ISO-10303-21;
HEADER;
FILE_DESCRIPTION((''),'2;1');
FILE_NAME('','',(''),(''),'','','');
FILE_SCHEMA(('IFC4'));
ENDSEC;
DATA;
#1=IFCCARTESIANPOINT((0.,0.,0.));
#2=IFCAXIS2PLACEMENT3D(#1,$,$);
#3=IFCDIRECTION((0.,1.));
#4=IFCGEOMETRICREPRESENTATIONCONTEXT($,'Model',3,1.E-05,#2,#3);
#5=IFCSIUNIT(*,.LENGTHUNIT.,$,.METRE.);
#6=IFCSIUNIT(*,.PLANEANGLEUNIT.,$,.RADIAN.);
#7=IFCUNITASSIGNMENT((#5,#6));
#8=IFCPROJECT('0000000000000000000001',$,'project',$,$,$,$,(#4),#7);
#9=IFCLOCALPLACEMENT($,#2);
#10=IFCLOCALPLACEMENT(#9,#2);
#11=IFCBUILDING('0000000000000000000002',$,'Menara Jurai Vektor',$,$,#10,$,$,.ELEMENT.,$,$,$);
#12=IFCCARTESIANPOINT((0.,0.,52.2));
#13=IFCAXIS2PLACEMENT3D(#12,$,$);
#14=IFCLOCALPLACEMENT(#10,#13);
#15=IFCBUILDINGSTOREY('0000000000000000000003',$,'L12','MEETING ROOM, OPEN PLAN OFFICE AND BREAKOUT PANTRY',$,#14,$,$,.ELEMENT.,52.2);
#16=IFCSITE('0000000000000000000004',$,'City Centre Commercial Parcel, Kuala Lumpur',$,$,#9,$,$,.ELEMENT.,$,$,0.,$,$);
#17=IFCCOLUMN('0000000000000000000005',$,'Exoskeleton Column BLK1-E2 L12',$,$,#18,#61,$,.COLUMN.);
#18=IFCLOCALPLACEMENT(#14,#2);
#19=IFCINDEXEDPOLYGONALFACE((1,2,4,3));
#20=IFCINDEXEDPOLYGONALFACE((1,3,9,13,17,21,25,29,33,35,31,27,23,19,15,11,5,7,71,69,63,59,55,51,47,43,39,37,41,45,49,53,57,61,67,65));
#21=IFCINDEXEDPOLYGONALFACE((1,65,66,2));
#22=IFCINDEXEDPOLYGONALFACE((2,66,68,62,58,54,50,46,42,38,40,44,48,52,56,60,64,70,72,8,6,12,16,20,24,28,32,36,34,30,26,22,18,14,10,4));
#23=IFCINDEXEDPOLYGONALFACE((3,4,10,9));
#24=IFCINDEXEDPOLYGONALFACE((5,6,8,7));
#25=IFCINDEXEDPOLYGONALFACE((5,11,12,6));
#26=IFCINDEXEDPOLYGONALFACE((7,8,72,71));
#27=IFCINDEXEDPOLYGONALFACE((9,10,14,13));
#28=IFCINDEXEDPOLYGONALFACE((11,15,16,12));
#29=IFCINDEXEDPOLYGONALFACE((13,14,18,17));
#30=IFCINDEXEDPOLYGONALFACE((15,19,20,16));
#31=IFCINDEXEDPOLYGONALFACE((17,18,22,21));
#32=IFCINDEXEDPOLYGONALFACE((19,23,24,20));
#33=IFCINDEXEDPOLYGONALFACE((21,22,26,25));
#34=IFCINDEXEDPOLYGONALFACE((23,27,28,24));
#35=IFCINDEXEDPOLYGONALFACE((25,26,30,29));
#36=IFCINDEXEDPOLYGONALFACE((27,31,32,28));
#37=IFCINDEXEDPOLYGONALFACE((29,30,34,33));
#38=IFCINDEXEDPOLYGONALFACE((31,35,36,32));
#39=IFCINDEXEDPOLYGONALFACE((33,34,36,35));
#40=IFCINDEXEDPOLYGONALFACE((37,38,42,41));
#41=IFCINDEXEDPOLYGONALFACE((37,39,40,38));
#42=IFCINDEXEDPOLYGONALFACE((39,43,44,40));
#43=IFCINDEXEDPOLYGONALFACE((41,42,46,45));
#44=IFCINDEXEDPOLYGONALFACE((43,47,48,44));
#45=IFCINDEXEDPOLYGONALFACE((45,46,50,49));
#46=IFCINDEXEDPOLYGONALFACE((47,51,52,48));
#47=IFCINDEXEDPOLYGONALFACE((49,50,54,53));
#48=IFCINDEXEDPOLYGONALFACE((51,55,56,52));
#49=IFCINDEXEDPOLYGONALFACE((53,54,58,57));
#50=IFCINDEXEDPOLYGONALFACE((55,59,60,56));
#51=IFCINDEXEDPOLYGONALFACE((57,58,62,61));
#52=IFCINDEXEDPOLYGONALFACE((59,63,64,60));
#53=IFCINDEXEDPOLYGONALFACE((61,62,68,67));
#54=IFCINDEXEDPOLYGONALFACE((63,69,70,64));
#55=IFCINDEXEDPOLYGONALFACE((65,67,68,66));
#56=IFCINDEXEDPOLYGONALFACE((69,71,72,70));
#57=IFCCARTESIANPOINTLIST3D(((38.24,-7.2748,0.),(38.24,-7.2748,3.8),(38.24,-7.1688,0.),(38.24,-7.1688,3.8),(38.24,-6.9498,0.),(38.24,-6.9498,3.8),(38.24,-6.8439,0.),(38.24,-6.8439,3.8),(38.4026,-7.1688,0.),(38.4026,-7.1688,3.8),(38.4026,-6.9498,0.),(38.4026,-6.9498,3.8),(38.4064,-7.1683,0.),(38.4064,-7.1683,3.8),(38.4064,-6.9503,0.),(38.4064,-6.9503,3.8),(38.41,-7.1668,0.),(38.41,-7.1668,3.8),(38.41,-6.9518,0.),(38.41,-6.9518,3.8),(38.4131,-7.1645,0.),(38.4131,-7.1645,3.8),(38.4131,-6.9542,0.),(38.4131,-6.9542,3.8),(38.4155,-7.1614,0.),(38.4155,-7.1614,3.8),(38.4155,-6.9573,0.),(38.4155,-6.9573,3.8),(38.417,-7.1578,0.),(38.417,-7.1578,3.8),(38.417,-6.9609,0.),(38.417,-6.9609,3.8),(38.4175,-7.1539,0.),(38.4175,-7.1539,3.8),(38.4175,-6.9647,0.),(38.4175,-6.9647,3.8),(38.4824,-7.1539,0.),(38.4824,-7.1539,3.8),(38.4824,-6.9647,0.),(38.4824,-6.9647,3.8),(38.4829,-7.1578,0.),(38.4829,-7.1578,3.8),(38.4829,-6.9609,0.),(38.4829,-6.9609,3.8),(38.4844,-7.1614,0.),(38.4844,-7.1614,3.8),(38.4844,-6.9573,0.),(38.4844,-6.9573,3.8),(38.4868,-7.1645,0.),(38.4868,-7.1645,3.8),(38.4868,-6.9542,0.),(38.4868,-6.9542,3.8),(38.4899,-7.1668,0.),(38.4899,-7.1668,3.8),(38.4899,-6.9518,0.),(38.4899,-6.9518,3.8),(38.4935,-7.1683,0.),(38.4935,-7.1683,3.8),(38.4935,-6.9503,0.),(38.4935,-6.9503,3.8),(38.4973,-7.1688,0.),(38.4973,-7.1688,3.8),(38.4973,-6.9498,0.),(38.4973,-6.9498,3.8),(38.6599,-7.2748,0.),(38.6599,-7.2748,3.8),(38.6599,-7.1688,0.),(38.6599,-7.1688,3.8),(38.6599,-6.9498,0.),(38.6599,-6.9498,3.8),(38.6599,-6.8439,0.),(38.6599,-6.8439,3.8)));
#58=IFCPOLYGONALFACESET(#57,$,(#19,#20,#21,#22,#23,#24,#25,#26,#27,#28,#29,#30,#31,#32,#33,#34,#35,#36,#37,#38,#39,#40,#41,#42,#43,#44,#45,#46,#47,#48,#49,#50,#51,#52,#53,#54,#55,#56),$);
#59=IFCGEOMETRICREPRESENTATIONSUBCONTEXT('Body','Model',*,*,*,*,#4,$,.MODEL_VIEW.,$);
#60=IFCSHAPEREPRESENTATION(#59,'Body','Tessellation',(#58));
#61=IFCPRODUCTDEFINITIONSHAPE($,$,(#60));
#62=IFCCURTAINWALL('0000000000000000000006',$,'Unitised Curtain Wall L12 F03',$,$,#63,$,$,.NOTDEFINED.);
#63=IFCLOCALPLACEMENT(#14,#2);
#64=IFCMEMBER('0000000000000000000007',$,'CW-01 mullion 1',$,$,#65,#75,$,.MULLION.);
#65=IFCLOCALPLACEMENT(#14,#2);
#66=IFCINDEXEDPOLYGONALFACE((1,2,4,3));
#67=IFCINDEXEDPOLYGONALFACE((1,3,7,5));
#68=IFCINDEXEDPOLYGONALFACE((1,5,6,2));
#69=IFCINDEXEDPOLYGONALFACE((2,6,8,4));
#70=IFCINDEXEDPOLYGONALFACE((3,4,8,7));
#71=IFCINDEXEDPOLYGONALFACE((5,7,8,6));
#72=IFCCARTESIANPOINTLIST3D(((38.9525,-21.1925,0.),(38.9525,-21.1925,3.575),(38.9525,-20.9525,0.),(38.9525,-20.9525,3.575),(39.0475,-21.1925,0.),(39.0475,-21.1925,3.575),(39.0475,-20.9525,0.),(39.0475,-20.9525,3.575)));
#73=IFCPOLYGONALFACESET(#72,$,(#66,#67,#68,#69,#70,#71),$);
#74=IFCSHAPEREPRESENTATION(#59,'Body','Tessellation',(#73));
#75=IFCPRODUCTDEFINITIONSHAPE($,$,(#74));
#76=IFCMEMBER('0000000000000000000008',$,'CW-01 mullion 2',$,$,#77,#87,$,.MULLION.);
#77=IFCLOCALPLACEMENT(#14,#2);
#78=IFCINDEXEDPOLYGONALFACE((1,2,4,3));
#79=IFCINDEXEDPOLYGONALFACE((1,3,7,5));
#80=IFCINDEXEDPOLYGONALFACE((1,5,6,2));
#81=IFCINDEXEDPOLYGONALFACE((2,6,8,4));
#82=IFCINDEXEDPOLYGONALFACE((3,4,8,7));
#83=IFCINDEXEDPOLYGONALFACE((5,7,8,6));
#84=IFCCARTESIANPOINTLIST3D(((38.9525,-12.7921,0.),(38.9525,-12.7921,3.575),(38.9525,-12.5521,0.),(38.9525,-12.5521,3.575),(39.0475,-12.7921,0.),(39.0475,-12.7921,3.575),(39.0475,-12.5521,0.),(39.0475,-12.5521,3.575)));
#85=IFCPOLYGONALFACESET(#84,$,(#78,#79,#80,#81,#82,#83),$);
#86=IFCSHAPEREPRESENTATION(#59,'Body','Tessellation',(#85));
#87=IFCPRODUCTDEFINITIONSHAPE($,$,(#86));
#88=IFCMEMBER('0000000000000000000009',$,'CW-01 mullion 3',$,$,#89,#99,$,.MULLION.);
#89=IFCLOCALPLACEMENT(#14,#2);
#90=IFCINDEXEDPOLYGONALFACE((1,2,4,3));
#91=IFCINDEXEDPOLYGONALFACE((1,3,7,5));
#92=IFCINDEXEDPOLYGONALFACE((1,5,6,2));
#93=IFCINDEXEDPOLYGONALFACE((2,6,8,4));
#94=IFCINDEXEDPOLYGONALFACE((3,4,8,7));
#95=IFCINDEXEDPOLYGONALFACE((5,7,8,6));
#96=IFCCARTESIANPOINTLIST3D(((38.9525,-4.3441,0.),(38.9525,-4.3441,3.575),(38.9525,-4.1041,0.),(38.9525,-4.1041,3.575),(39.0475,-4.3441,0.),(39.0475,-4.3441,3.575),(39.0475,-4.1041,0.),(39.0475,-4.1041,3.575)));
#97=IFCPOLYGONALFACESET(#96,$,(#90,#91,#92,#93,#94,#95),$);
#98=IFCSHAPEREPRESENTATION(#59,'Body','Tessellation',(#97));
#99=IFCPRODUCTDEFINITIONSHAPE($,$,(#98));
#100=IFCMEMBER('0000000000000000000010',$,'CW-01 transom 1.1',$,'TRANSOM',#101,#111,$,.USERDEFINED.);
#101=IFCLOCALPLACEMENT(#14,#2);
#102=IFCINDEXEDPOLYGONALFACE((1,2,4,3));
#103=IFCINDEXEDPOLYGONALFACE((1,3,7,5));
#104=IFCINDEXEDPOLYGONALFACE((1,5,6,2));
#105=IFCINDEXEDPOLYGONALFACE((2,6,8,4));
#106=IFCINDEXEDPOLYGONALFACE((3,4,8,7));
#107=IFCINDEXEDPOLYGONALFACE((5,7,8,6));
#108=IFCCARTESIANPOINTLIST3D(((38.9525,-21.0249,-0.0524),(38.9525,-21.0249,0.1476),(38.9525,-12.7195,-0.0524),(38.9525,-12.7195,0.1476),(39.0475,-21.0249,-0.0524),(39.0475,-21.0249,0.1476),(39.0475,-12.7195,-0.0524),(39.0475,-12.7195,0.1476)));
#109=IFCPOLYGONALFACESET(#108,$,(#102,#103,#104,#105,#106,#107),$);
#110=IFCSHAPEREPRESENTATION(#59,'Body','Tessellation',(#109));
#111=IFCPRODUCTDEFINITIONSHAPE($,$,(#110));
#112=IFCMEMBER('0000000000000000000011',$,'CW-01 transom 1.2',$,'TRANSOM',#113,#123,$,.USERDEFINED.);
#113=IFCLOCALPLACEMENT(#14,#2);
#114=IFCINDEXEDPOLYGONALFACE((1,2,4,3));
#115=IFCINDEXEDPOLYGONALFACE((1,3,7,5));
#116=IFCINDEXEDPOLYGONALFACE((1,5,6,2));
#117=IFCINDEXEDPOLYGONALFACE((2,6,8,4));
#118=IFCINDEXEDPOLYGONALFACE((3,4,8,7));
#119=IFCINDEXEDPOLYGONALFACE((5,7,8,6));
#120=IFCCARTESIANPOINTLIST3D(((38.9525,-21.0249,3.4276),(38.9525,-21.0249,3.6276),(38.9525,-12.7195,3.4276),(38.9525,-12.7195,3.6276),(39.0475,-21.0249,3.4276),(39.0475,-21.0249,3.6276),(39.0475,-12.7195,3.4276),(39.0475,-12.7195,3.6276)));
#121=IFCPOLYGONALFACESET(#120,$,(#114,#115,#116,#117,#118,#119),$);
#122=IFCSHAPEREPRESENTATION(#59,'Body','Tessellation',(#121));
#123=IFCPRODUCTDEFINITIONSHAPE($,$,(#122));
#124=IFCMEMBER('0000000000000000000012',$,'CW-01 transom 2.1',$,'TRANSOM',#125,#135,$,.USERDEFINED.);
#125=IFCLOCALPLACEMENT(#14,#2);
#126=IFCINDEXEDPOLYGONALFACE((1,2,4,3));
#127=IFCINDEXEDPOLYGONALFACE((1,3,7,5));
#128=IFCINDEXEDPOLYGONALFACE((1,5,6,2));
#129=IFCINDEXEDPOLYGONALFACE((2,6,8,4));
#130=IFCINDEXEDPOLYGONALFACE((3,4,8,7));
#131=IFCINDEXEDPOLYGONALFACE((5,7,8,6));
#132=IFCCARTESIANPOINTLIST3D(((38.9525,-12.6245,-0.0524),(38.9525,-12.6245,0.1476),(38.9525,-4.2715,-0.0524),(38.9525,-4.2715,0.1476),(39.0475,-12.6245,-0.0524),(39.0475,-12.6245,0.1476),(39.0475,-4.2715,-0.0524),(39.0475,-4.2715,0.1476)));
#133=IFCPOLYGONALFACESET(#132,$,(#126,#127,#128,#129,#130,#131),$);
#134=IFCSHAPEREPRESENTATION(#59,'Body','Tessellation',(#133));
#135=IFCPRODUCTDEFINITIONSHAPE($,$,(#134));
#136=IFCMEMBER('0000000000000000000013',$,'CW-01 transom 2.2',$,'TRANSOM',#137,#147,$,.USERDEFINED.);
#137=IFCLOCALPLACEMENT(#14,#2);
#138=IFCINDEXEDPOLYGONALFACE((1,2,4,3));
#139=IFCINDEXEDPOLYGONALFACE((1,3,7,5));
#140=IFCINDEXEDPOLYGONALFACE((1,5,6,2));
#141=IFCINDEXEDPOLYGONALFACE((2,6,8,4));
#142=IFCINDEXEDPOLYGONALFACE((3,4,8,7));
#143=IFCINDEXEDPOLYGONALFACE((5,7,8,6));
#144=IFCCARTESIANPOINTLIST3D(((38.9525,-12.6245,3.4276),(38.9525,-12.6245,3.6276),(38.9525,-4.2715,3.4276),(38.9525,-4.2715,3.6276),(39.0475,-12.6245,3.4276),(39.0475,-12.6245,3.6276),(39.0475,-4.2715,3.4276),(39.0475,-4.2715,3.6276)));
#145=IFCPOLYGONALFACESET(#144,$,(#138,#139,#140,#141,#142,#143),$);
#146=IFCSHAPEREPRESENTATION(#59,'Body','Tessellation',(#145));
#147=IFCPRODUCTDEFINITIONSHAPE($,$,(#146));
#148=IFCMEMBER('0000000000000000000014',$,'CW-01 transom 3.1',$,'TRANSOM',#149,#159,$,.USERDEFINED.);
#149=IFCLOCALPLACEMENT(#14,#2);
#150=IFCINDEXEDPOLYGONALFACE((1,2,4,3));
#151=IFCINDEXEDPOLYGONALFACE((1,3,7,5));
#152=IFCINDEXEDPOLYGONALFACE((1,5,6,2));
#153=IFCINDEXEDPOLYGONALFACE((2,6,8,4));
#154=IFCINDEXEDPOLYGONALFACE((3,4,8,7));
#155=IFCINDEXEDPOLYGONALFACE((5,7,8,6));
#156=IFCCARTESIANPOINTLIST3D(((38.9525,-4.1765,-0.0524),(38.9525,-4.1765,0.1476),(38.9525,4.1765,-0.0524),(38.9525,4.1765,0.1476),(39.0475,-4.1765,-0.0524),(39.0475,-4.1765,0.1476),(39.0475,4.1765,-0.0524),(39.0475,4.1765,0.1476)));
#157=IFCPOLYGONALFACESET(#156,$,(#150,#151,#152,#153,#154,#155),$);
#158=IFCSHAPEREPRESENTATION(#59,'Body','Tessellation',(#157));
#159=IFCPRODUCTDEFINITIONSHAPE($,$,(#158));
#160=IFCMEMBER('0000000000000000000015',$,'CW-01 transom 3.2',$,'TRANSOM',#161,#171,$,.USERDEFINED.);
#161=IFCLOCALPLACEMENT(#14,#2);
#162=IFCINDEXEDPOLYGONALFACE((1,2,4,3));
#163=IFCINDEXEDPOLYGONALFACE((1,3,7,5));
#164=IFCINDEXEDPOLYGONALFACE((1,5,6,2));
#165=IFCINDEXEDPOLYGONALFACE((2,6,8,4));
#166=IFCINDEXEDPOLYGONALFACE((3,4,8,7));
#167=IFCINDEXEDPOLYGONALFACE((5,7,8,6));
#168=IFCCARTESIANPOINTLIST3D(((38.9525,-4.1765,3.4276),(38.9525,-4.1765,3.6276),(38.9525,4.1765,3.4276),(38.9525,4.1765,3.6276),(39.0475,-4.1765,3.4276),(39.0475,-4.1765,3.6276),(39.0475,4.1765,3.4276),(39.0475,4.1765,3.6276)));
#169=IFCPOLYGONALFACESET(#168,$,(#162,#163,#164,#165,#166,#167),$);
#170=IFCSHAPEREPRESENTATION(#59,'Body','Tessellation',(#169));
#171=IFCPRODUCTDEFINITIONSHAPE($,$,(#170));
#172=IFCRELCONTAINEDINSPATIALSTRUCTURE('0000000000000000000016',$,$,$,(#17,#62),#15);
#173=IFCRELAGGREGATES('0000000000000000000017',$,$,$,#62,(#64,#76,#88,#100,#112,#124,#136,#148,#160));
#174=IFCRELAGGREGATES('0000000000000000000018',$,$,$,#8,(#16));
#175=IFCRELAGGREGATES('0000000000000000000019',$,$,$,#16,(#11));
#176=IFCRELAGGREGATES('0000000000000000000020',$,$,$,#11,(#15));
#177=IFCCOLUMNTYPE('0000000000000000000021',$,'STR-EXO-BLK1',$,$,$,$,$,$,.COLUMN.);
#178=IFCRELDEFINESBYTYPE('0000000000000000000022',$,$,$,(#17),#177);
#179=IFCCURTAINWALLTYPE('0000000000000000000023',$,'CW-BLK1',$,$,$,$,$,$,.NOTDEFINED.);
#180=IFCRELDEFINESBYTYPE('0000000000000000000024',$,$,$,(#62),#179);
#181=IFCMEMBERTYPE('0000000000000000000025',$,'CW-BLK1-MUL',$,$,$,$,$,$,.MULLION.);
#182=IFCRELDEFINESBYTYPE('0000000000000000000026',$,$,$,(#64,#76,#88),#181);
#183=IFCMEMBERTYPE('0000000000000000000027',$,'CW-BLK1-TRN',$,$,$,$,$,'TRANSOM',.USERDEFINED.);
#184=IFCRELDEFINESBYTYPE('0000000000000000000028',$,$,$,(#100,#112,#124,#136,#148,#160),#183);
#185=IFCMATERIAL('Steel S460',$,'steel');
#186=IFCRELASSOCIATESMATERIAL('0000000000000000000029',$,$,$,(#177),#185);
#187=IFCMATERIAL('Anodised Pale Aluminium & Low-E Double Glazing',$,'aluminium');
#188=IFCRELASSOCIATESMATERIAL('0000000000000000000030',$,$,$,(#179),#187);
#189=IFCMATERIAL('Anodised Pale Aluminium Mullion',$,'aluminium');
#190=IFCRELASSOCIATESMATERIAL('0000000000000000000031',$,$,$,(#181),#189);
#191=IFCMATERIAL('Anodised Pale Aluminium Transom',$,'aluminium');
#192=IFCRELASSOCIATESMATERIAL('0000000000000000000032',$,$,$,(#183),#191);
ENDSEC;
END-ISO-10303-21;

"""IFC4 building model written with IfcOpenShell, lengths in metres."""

from ifc_helpers import new_model, si_unit, direction, frame, origin, origin_2d, place, context, subcontext, project, spatial, rectangle, i_section, extrude, material, material_profile, profile_set, type_object, element, aggregate, save


model = new_model("IFC4")

# Units and contexts
model_context = context("Model", 3, precision=1e-05, world=origin(), true_north=direction((0.0, 1.0)))
body_context = subcontext(model_context, "Body", "Model", "MODEL_VIEW")
ifc_project = project(units=[si_unit("LENGTHUNIT", "METRE"), si_unit("PLANEANGLEUNIT", "RADIAN")], contexts=[model_context])

# Site, building, storey
site_placement = place(None, origin())
site = spatial("IfcSite", under=ifc_project, at=site_placement, Name="City Centre Commercial Parcel, Kuala Lumpur", CompositionType="ELEMENT", RefElevation=0.0)
building_placement = place(site_placement, origin())
building = spatial("IfcBuilding", under=site, at=building_placement, Name="Menara Jurai Vektor", CompositionType="ELEMENT")
storey_placement = place(building_placement, frame((0.0, 0.0, 52.2)))
storey = spatial("IfcBuildingStorey", under=building, at=storey_placement, Name="L12", Description="MEETING ROOM, OPEN PLAN OFFICE AND BREAKOUT PANTRY", CompositionType="ELEMENT", Elevation=52.2)

# Column
ifc_material_1 = material(Name="Steel S460", Category="steel")
ifc_material_profile_1 = material_profile(ifc_material_1, i_section(OverallWidth=0.4199, OverallDepth=0.4309, WebThickness=0.0649, FlangeThickness=0.106, FilletRadius=0.0149, at=origin_2d()), Name="HD 400x900")
ifc_profile_set_1 = profile_set([ifc_material_profile_1], Name="Steel S460")
column_type = type_object("IfcColumnType", Name="STR-EXO-BLK1", PredefinedType="COLUMN", material=ifc_profile_set_1)
column_placement = place(storey_placement, frame((38.45, -7.0593, 0.0), z_axis=(0.0, 0.0, 1.0), x_axis=(1.0, 0.0, 0.0)))
element("IfcColumn", 1, at=column_placement, inside=storey, type_object=column_type, Name="Exoskeleton Column BLK1-E2 L12", PredefinedType="COLUMN", context=body_context, shape_type="SweptSolid", body=[
    extrude(i_section(OverallWidth=0.4199, OverallDepth=0.4309, WebThickness=0.0649, FlangeThickness=0.106, FilletRadius=0.0149, at=origin_2d()), origin(), (0.0, 0.0, 1.0), 3.8),
])

# Curtain wall, members
ifc_material_2 = material(Name="Anodised Pale Aluminium & Low-E Double Glazing", Category="aluminium")
curtain_wall_type = type_object("IfcCurtainWallType", Name="CW-BLK1", PredefinedType="NOTDEFINED", material=ifc_material_2)
curtain_wall_placement = place(storey_placement, origin())
curtain_wall = element("IfcCurtainWall", 2, at=curtain_wall_placement, inside=storey, type_object=curtain_wall_type, Name="Unitised Curtain Wall L12 F03", PredefinedType="NOTDEFINED")
ifc_material_3 = material(Name="Anodised Pale Aluminium Mullion", Category="aluminium")
ifc_material_profile_2 = material_profile(ifc_material_3, rectangle(XDim=0.095, YDim=0.24, at=origin_2d()), Name="ALU MUL 95x240")
ifc_profile_set_2 = profile_set([ifc_material_profile_2], Name="Anodised Pale Aluminium Mullion")
member_type_1 = type_object("IfcMemberType", Name="CW-BLK1-MUL", PredefinedType="MULLION", material=ifc_profile_set_2)
member_1_placement = place(storey_placement, frame((39.0, -21.0725, 0.0), z_axis=(0.0, 0.0, 1.0), x_axis=(-1.0, 0.0, 0.0)))
member_1 = element("IfcMember", 3, at=member_1_placement, type_object=member_type_1, Name="CW-01 mullion 1", PredefinedType="MULLION", context=body_context, shape_type="SweptSolid", body=[
    extrude(rectangle(XDim=0.095, YDim=0.24, at=origin_2d()), origin(), (0.0, 0.0, 1.0), 3.575),
])
member_2_placement = place(storey_placement, frame((39.0, -12.6721, 0.0), z_axis=(0.0, 0.0, 1.0), x_axis=(-1.0, 0.0, 0.0)))
member_2 = element("IfcMember", 4, at=member_2_placement, type_object=member_type_1, Name="CW-01 mullion 2", PredefinedType="MULLION", context=body_context, shape_type="SweptSolid", body=[
    extrude(rectangle(XDim=0.095, YDim=0.24, at=origin_2d()), origin(), (0.0, 0.0, 1.0), 3.575),
])
member_3_placement = place(storey_placement, frame((39.0, -4.2241, 0.0), z_axis=(0.0, 0.0, 1.0), x_axis=(-1.0, 0.0, 0.0)))
member_3 = element("IfcMember", 5, at=member_3_placement, type_object=member_type_1, Name="CW-01 mullion 3", PredefinedType="MULLION", context=body_context, shape_type="SweptSolid", body=[
    extrude(rectangle(XDim=0.095, YDim=0.24, at=origin_2d()), origin(), (0.0, 0.0, 1.0), 3.575),
])
ifc_material_4 = material(Name="Anodised Pale Aluminium Transom", Category="aluminium")
ifc_material_profile_3 = material_profile(ifc_material_4, rectangle(XDim=0.095, YDim=0.2, at=origin_2d()), Name="ALU TRN 95x200")
ifc_profile_set_3 = profile_set([ifc_material_profile_3], Name="Anodised Pale Aluminium Transom")
member_type_2 = type_object("IfcMemberType", Name="CW-BLK1-TRN", ElementType="TRANSOM", PredefinedType="USERDEFINED", material=ifc_profile_set_3)
member_4_placement = place(storey_placement, frame((39.0, -21.0249, 0.0476), z_axis=(0.0, 1.0, 0.0), x_axis=(-1.0, 0.0, 0.0)))
member_4 = element("IfcMember", 6, at=member_4_placement, type_object=member_type_2, Name="CW-01 transom 1.1", ObjectType="TRANSOM", PredefinedType="USERDEFINED", context=body_context, shape_type="SweptSolid", body=[
    extrude(rectangle(XDim=0.095, YDim=0.2, at=origin_2d()), origin(), (0.0, 0.0, 1.0), 8.3054),
])
member_5_placement = place(storey_placement, frame((39.0, -21.0249, 3.5276), z_axis=(0.0, 1.0, 0.0), x_axis=(-1.0, 0.0, 0.0)))
member_5 = element("IfcMember", 7, at=member_5_placement, type_object=member_type_2, Name="CW-01 transom 1.2", ObjectType="TRANSOM", PredefinedType="USERDEFINED", context=body_context, shape_type="SweptSolid", body=[
    extrude(rectangle(XDim=0.095, YDim=0.2, at=origin_2d()), origin(), (0.0, 0.0, 1.0), 8.3054),
])
member_6_placement = place(storey_placement, frame((39.0, -12.6245, 0.0476), z_axis=(0.0, 1.0, 0.0), x_axis=(-1.0, 0.0, 0.0)))
member_6 = element("IfcMember", 8, at=member_6_placement, type_object=member_type_2, Name="CW-01 transom 2.1", ObjectType="TRANSOM", PredefinedType="USERDEFINED", context=body_context, shape_type="SweptSolid", body=[
    extrude(rectangle(XDim=0.095, YDim=0.2, at=origin_2d()), origin(), (0.0, 0.0, 1.0), 8.353),
])
member_7_placement = place(storey_placement, frame((39.0, -12.6245, 3.5276), z_axis=(0.0, 1.0, 0.0), x_axis=(-1.0, 0.0, 0.0)))
member_7 = element("IfcMember", 9, at=member_7_placement, type_object=member_type_2, Name="CW-01 transom 2.2", ObjectType="TRANSOM", PredefinedType="USERDEFINED", context=body_context, shape_type="SweptSolid", body=[
    extrude(rectangle(XDim=0.095, YDim=0.2, at=origin_2d()), origin(), (0.0, 0.0, 1.0), 8.353),
])
member_8_placement = place(storey_placement, frame((39.0, -4.1765, 0.0476), z_axis=(0.0, 1.0, 0.0), x_axis=(-1.0, 0.0, 0.0)))
member_8 = element("IfcMember", 10, at=member_8_placement, type_object=member_type_2, Name="CW-01 transom 3.1", ObjectType="TRANSOM", PredefinedType="USERDEFINED", context=body_context, shape_type="SweptSolid", body=[
    extrude(rectangle(XDim=0.095, YDim=0.2, at=origin_2d()), origin(), (0.0, 0.0, 1.0), 8.353),
])
member_9_placement = place(storey_placement, frame((39.0, -4.1765, 3.5276), z_axis=(0.0, 1.0, 0.0), x_axis=(-1.0, 0.0, 0.0)))
member_9 = element("IfcMember", 11, at=member_9_placement, type_object=member_type_2, Name="CW-01 transom 3.2", ObjectType="TRANSOM", PredefinedType="USERDEFINED", context=body_context, shape_type="SweptSolid", body=[
    extrude(rectangle(XDim=0.095, YDim=0.2, at=origin_2d()), origin(), (0.0, 0.0, 1.0), 8.353),
])

aggregate(curtain_wall, [member_1, member_2, member_3, member_4, member_5, member_6, member_7, member_8, member_9])

save(model, "model.ifc")
